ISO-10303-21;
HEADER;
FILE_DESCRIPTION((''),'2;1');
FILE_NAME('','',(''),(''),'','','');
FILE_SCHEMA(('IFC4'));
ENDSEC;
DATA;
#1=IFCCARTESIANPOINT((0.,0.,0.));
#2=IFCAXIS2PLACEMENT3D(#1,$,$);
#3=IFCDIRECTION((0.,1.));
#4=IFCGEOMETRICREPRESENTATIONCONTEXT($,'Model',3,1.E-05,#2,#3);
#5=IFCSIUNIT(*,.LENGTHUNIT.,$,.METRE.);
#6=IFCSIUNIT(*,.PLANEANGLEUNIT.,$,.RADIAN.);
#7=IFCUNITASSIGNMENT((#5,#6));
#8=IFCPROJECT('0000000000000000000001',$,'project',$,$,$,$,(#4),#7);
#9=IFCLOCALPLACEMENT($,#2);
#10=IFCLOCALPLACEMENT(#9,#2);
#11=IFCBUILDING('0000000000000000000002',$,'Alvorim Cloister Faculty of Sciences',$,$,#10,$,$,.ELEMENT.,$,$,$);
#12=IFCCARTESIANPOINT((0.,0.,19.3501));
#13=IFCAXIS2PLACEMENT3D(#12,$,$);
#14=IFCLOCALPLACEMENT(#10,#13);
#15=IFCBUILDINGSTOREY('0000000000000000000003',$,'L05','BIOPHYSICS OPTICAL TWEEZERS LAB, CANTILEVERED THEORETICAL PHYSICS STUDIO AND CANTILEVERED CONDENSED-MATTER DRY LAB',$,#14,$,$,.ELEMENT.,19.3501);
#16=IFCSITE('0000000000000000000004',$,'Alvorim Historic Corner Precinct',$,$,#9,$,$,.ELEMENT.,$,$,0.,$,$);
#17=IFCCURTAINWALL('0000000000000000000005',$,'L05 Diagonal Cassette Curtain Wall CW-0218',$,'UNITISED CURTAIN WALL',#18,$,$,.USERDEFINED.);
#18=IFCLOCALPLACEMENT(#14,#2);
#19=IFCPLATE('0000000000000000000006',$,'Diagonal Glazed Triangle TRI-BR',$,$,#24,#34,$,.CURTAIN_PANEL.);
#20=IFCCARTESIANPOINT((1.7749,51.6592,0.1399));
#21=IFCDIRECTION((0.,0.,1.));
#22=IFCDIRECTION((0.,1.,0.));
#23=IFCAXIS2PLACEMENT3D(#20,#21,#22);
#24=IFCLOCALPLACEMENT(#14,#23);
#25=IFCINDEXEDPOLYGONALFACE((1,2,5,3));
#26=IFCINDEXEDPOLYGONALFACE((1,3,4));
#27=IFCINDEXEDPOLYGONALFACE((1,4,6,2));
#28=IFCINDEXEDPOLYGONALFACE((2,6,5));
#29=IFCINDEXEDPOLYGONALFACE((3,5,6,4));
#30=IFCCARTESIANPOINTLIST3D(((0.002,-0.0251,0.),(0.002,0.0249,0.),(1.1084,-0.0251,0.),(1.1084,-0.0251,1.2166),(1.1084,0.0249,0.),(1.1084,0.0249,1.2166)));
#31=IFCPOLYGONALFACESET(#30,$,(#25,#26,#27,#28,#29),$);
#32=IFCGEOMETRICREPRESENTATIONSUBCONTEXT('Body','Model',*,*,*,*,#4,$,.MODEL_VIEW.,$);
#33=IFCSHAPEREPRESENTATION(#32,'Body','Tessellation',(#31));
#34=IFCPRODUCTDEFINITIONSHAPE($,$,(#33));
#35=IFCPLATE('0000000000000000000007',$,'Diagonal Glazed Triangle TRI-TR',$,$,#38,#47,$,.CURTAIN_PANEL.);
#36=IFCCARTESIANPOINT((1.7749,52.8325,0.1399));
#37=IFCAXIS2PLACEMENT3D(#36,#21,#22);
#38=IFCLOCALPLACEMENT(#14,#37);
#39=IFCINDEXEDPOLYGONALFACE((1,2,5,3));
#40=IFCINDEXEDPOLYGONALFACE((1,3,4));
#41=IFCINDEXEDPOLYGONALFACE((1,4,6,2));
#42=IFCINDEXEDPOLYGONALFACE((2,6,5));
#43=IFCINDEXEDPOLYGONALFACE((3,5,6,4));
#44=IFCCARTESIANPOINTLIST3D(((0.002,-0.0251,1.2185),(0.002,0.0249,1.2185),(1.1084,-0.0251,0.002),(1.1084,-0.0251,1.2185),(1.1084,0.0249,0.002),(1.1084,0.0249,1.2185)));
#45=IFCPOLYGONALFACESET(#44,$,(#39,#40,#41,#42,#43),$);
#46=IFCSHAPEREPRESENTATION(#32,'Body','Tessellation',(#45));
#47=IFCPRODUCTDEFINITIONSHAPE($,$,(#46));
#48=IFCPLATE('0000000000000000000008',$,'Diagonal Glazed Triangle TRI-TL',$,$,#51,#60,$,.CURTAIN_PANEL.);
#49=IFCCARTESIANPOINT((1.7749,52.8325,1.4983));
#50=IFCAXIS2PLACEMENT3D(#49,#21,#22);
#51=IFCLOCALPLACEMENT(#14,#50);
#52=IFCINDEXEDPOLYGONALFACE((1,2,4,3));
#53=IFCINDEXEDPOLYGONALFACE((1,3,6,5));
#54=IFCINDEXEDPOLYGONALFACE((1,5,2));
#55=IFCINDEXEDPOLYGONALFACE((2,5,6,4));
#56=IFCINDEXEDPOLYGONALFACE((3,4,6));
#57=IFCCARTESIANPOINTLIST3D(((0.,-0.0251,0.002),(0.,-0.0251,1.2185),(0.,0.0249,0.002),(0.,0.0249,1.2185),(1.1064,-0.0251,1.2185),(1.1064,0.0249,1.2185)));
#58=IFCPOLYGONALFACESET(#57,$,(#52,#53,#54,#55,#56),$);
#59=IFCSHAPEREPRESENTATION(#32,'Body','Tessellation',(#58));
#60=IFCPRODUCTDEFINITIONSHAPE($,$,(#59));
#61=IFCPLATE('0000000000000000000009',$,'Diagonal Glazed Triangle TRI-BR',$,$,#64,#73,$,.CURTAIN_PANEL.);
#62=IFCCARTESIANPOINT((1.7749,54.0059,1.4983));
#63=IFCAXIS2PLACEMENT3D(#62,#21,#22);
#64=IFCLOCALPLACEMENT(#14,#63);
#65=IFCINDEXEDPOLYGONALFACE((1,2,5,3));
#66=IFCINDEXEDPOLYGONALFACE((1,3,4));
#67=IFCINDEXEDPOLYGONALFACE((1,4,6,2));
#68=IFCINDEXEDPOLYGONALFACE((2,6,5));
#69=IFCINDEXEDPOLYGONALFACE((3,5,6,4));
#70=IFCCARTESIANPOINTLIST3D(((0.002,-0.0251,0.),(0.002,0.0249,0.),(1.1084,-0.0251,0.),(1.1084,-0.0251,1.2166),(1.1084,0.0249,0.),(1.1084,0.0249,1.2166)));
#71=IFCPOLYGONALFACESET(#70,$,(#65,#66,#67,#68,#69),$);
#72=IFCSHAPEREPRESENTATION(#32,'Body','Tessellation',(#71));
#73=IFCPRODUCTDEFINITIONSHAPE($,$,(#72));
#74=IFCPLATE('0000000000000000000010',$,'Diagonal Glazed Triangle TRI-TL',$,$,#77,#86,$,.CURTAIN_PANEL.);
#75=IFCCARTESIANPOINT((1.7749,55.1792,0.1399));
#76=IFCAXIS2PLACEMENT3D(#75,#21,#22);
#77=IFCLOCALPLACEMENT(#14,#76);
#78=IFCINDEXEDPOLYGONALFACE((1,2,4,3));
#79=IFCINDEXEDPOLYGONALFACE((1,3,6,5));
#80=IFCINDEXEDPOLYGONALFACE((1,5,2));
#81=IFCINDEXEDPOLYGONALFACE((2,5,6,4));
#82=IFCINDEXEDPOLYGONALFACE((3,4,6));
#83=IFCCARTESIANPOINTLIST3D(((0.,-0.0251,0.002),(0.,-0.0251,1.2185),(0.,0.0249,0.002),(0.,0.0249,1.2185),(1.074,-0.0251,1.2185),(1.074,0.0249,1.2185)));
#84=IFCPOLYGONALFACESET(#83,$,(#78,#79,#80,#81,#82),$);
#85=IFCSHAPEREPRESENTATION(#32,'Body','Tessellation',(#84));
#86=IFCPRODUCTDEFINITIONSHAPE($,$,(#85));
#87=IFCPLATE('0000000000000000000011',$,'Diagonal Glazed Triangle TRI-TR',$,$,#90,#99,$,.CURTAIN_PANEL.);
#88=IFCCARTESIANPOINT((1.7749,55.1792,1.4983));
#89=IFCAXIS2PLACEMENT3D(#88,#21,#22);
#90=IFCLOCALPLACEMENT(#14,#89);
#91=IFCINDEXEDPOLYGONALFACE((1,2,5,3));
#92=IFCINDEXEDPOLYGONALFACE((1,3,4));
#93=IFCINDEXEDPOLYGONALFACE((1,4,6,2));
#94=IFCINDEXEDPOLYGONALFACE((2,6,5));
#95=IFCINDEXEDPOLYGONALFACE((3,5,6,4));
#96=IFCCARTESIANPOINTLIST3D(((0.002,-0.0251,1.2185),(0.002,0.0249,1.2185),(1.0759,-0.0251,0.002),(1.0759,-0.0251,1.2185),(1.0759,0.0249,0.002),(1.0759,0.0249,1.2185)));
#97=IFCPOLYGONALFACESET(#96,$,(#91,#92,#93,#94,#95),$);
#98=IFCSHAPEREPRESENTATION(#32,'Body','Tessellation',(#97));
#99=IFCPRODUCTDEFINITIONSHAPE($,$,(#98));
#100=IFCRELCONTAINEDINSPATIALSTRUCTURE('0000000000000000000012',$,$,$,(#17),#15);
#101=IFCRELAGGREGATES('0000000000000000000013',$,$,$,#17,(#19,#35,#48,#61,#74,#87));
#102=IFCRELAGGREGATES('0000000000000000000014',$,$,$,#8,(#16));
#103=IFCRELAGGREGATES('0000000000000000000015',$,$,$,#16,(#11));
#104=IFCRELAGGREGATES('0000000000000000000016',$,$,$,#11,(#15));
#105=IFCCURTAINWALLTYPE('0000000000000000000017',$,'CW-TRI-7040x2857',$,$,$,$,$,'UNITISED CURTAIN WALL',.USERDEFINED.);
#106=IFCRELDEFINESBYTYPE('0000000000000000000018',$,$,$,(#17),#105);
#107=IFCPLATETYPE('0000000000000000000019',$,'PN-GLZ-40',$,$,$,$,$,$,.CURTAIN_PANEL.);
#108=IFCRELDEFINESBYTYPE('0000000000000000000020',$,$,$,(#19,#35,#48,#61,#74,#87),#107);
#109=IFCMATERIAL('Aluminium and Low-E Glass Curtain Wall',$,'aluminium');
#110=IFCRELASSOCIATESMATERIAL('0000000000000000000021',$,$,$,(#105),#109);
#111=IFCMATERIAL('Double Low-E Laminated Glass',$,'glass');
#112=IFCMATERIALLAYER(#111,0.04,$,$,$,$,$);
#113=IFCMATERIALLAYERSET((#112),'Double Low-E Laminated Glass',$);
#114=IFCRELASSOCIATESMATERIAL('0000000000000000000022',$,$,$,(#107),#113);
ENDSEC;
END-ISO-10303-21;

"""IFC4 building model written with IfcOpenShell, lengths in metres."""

from ifc_helpers import new_model, si_unit, direction, frame, origin, place, context, subcontext, project, spatial, polyline, outline, extrude, material, layer, layer_set, type_object, element, aggregate, save


model = new_model("IFC4")

# Units and contexts
model_context = context("Model", 3, precision=1e-05, world=origin(), true_north=direction((0.0, 1.0)))
body_context = subcontext(model_context, "Body", "Model", "MODEL_VIEW")
ifc_project = project(units=[si_unit("LENGTHUNIT", "METRE"), si_unit("PLANEANGLEUNIT", "RADIAN")], contexts=[model_context])

# Site, building, storey
site_placement = place(None, origin())
site = spatial("IfcSite", under=ifc_project, at=site_placement, Name="Alvorim Historic Corner Precinct", CompositionType="ELEMENT", RefElevation=0.0)
building_placement = place(site_placement, origin())
building = spatial("IfcBuilding", under=site, at=building_placement, Name="Alvorim Cloister Faculty of Sciences", CompositionType="ELEMENT")
storey_placement = place(building_placement, frame((0.0, 0.0, 19.3501)))
storey = spatial("IfcBuildingStorey", under=building, at=storey_placement, Name="L05", Description="BIOPHYSICS OPTICAL TWEEZERS LAB, CANTILEVERED THEORETICAL PHYSICS STUDIO AND CANTILEVERED CONDENSED-MATTER DRY LAB", CompositionType="ELEMENT", Elevation=19.3501)

# Curtain wall, plates
ifc_material_1 = material(Name="Aluminium and Low-E Glass Curtain Wall", Category="aluminium")
curtain_wall_type = type_object("IfcCurtainWallType", Name="CW-TRI-7040x2857", ElementType="UNITISED CURTAIN WALL", PredefinedType="USERDEFINED", material=ifc_material_1)
curtain_wall_placement = place(storey_placement, origin())
curtain_wall = element("IfcCurtainWall", 1, at=curtain_wall_placement, inside=storey, type_object=curtain_wall_type, Name="L05 Diagonal Cassette Curtain Wall CW-0218", ObjectType="UNITISED CURTAIN WALL", PredefinedType="USERDEFINED")
ifc_material_2 = material(Name="Double Low-E Laminated Glass", Category="glass")
ifc_layer = layer(ifc_material_2, 0.04)
ifc_layer_set = layer_set([ifc_layer], Name="Double Low-E Laminated Glass")
plate_type = type_object("IfcPlateType", Name="PN-GLZ-40", PredefinedType="CURTAIN_PANEL", material=ifc_layer_set)
plate_1_placement = place(storey_placement, frame((1.7749, 51.6592, 0.1399), z_axis=(0.0, 0.0, 1.0), x_axis=(0.0, 1.0, 0.0)))
plate_1 = element("IfcPlate", 2, at=plate_1_placement, type_object=plate_type, Name="Diagonal Glazed Triangle TRI-BR", PredefinedType="CURTAIN_PANEL", context=body_context, shape_type="SweptSolid", body=[
    extrude(outline(polyline([(0.002, 0.0), (1.1084, 0.0), (1.1084, 1.2166), (0.002, 0.0)])), frame((0.0, 0.0249, 0.0), z_axis=(0.0, -1.0, 0.0), x_axis=(1.0, 0.0, 0.0)), (0.0, 0.0, 1.0), 0.05),
])
plate_2_placement = place(storey_placement, frame((1.7749, 52.8325, 0.1399), z_axis=(0.0, 0.0, 1.0), x_axis=(0.0, 1.0, 0.0)))
plate_2 = element("IfcPlate", 3, at=plate_2_placement, type_object=plate_type, Name="Diagonal Glazed Triangle TRI-TR", PredefinedType="CURTAIN_PANEL", context=body_context, shape_type="SweptSolid", body=[
    extrude(outline(polyline([(1.1084, 0.002), (1.1084, 1.2185), (0.002, 1.2185), (1.1084, 0.002)])), frame((0.0, 0.0249, 0.0), z_axis=(0.0, -1.0, 0.0), x_axis=(1.0, 0.0, 0.0)), (0.0, 0.0, 1.0), 0.05),
])
plate_3_placement = place(storey_placement, frame((1.7749, 52.8325, 1.4983), z_axis=(0.0, 0.0, 1.0), x_axis=(0.0, 1.0, 0.0)))
plate_3 = element("IfcPlate", 4, at=plate_3_placement, type_object=plate_type, Name="Diagonal Glazed Triangle TRI-TL", PredefinedType="CURTAIN_PANEL", context=body_context, shape_type="SweptSolid", body=[
    extrude(outline(polyline([(1.1064, 1.2185), (0.0, 1.2185), (0.0, 0.002), (1.1064, 1.2185)])), frame((0.0, 0.0249, 0.0), z_axis=(0.0, -1.0, 0.0), x_axis=(1.0, 0.0, 0.0)), (0.0, 0.0, 1.0), 0.05),
])
plate_4_placement = place(storey_placement, frame((1.7749, 54.0059, 1.4983), z_axis=(0.0, 0.0, 1.0), x_axis=(0.0, 1.0, 0.0)))
plate_4 = element("IfcPlate", 5, at=plate_4_placement, type_object=plate_type, Name="Diagonal Glazed Triangle TRI-BR", PredefinedType="CURTAIN_PANEL", context=body_context, shape_type="SweptSolid", body=[
    extrude(outline(polyline([(0.002, 0.0), (1.1084, 0.0), (1.1084, 1.2166), (0.002, 0.0)])), frame((0.0, 0.0249, 0.0), z_axis=(0.0, -1.0, 0.0), x_axis=(1.0, 0.0, 0.0)), (0.0, 0.0, 1.0), 0.05),
])
plate_5_placement = place(storey_placement, frame((1.7749, 55.1792, 0.1399), z_axis=(0.0, 0.0, 1.0), x_axis=(0.0, 1.0, 0.0)))
plate_5 = element("IfcPlate", 6, at=plate_5_placement, type_object=plate_type, Name="Diagonal Glazed Triangle TRI-TL", PredefinedType="CURTAIN_PANEL", context=body_context, shape_type="SweptSolid", body=[
    extrude(outline(polyline([(1.074, 1.2185), (0.0, 1.2185), (0.0, 0.002), (1.074, 1.2185)])), frame((0.0, 0.0249, 0.0), z_axis=(0.0, -1.0, 0.0), x_axis=(1.0, 0.0, 0.0)), (0.0, 0.0, 1.0), 0.05),
])
plate_6_placement = place(storey_placement, frame((1.7749, 55.1792, 1.4983), z_axis=(0.0, 0.0, 1.0), x_axis=(0.0, 1.0, 0.0)))
plate_6 = element("IfcPlate", 7, at=plate_6_placement, type_object=plate_type, Name="Diagonal Glazed Triangle TRI-TR", PredefinedType="CURTAIN_PANEL", context=body_context, shape_type="SweptSolid", body=[
    extrude(outline(polyline([(1.0759, 0.002), (1.0759, 1.2185), (0.002, 1.2185), (1.0759, 0.002)])), frame((0.0, 0.0249, 0.0), z_axis=(0.0, -1.0, 0.0), x_axis=(1.0, 0.0, 0.0)), (0.0, 0.0, 1.0), 0.05),
])
aggregate(curtain_wall, [plate_1, plate_2, plate_3, plate_4, plate_5, plate_6])

save(model, "model.ifc")
